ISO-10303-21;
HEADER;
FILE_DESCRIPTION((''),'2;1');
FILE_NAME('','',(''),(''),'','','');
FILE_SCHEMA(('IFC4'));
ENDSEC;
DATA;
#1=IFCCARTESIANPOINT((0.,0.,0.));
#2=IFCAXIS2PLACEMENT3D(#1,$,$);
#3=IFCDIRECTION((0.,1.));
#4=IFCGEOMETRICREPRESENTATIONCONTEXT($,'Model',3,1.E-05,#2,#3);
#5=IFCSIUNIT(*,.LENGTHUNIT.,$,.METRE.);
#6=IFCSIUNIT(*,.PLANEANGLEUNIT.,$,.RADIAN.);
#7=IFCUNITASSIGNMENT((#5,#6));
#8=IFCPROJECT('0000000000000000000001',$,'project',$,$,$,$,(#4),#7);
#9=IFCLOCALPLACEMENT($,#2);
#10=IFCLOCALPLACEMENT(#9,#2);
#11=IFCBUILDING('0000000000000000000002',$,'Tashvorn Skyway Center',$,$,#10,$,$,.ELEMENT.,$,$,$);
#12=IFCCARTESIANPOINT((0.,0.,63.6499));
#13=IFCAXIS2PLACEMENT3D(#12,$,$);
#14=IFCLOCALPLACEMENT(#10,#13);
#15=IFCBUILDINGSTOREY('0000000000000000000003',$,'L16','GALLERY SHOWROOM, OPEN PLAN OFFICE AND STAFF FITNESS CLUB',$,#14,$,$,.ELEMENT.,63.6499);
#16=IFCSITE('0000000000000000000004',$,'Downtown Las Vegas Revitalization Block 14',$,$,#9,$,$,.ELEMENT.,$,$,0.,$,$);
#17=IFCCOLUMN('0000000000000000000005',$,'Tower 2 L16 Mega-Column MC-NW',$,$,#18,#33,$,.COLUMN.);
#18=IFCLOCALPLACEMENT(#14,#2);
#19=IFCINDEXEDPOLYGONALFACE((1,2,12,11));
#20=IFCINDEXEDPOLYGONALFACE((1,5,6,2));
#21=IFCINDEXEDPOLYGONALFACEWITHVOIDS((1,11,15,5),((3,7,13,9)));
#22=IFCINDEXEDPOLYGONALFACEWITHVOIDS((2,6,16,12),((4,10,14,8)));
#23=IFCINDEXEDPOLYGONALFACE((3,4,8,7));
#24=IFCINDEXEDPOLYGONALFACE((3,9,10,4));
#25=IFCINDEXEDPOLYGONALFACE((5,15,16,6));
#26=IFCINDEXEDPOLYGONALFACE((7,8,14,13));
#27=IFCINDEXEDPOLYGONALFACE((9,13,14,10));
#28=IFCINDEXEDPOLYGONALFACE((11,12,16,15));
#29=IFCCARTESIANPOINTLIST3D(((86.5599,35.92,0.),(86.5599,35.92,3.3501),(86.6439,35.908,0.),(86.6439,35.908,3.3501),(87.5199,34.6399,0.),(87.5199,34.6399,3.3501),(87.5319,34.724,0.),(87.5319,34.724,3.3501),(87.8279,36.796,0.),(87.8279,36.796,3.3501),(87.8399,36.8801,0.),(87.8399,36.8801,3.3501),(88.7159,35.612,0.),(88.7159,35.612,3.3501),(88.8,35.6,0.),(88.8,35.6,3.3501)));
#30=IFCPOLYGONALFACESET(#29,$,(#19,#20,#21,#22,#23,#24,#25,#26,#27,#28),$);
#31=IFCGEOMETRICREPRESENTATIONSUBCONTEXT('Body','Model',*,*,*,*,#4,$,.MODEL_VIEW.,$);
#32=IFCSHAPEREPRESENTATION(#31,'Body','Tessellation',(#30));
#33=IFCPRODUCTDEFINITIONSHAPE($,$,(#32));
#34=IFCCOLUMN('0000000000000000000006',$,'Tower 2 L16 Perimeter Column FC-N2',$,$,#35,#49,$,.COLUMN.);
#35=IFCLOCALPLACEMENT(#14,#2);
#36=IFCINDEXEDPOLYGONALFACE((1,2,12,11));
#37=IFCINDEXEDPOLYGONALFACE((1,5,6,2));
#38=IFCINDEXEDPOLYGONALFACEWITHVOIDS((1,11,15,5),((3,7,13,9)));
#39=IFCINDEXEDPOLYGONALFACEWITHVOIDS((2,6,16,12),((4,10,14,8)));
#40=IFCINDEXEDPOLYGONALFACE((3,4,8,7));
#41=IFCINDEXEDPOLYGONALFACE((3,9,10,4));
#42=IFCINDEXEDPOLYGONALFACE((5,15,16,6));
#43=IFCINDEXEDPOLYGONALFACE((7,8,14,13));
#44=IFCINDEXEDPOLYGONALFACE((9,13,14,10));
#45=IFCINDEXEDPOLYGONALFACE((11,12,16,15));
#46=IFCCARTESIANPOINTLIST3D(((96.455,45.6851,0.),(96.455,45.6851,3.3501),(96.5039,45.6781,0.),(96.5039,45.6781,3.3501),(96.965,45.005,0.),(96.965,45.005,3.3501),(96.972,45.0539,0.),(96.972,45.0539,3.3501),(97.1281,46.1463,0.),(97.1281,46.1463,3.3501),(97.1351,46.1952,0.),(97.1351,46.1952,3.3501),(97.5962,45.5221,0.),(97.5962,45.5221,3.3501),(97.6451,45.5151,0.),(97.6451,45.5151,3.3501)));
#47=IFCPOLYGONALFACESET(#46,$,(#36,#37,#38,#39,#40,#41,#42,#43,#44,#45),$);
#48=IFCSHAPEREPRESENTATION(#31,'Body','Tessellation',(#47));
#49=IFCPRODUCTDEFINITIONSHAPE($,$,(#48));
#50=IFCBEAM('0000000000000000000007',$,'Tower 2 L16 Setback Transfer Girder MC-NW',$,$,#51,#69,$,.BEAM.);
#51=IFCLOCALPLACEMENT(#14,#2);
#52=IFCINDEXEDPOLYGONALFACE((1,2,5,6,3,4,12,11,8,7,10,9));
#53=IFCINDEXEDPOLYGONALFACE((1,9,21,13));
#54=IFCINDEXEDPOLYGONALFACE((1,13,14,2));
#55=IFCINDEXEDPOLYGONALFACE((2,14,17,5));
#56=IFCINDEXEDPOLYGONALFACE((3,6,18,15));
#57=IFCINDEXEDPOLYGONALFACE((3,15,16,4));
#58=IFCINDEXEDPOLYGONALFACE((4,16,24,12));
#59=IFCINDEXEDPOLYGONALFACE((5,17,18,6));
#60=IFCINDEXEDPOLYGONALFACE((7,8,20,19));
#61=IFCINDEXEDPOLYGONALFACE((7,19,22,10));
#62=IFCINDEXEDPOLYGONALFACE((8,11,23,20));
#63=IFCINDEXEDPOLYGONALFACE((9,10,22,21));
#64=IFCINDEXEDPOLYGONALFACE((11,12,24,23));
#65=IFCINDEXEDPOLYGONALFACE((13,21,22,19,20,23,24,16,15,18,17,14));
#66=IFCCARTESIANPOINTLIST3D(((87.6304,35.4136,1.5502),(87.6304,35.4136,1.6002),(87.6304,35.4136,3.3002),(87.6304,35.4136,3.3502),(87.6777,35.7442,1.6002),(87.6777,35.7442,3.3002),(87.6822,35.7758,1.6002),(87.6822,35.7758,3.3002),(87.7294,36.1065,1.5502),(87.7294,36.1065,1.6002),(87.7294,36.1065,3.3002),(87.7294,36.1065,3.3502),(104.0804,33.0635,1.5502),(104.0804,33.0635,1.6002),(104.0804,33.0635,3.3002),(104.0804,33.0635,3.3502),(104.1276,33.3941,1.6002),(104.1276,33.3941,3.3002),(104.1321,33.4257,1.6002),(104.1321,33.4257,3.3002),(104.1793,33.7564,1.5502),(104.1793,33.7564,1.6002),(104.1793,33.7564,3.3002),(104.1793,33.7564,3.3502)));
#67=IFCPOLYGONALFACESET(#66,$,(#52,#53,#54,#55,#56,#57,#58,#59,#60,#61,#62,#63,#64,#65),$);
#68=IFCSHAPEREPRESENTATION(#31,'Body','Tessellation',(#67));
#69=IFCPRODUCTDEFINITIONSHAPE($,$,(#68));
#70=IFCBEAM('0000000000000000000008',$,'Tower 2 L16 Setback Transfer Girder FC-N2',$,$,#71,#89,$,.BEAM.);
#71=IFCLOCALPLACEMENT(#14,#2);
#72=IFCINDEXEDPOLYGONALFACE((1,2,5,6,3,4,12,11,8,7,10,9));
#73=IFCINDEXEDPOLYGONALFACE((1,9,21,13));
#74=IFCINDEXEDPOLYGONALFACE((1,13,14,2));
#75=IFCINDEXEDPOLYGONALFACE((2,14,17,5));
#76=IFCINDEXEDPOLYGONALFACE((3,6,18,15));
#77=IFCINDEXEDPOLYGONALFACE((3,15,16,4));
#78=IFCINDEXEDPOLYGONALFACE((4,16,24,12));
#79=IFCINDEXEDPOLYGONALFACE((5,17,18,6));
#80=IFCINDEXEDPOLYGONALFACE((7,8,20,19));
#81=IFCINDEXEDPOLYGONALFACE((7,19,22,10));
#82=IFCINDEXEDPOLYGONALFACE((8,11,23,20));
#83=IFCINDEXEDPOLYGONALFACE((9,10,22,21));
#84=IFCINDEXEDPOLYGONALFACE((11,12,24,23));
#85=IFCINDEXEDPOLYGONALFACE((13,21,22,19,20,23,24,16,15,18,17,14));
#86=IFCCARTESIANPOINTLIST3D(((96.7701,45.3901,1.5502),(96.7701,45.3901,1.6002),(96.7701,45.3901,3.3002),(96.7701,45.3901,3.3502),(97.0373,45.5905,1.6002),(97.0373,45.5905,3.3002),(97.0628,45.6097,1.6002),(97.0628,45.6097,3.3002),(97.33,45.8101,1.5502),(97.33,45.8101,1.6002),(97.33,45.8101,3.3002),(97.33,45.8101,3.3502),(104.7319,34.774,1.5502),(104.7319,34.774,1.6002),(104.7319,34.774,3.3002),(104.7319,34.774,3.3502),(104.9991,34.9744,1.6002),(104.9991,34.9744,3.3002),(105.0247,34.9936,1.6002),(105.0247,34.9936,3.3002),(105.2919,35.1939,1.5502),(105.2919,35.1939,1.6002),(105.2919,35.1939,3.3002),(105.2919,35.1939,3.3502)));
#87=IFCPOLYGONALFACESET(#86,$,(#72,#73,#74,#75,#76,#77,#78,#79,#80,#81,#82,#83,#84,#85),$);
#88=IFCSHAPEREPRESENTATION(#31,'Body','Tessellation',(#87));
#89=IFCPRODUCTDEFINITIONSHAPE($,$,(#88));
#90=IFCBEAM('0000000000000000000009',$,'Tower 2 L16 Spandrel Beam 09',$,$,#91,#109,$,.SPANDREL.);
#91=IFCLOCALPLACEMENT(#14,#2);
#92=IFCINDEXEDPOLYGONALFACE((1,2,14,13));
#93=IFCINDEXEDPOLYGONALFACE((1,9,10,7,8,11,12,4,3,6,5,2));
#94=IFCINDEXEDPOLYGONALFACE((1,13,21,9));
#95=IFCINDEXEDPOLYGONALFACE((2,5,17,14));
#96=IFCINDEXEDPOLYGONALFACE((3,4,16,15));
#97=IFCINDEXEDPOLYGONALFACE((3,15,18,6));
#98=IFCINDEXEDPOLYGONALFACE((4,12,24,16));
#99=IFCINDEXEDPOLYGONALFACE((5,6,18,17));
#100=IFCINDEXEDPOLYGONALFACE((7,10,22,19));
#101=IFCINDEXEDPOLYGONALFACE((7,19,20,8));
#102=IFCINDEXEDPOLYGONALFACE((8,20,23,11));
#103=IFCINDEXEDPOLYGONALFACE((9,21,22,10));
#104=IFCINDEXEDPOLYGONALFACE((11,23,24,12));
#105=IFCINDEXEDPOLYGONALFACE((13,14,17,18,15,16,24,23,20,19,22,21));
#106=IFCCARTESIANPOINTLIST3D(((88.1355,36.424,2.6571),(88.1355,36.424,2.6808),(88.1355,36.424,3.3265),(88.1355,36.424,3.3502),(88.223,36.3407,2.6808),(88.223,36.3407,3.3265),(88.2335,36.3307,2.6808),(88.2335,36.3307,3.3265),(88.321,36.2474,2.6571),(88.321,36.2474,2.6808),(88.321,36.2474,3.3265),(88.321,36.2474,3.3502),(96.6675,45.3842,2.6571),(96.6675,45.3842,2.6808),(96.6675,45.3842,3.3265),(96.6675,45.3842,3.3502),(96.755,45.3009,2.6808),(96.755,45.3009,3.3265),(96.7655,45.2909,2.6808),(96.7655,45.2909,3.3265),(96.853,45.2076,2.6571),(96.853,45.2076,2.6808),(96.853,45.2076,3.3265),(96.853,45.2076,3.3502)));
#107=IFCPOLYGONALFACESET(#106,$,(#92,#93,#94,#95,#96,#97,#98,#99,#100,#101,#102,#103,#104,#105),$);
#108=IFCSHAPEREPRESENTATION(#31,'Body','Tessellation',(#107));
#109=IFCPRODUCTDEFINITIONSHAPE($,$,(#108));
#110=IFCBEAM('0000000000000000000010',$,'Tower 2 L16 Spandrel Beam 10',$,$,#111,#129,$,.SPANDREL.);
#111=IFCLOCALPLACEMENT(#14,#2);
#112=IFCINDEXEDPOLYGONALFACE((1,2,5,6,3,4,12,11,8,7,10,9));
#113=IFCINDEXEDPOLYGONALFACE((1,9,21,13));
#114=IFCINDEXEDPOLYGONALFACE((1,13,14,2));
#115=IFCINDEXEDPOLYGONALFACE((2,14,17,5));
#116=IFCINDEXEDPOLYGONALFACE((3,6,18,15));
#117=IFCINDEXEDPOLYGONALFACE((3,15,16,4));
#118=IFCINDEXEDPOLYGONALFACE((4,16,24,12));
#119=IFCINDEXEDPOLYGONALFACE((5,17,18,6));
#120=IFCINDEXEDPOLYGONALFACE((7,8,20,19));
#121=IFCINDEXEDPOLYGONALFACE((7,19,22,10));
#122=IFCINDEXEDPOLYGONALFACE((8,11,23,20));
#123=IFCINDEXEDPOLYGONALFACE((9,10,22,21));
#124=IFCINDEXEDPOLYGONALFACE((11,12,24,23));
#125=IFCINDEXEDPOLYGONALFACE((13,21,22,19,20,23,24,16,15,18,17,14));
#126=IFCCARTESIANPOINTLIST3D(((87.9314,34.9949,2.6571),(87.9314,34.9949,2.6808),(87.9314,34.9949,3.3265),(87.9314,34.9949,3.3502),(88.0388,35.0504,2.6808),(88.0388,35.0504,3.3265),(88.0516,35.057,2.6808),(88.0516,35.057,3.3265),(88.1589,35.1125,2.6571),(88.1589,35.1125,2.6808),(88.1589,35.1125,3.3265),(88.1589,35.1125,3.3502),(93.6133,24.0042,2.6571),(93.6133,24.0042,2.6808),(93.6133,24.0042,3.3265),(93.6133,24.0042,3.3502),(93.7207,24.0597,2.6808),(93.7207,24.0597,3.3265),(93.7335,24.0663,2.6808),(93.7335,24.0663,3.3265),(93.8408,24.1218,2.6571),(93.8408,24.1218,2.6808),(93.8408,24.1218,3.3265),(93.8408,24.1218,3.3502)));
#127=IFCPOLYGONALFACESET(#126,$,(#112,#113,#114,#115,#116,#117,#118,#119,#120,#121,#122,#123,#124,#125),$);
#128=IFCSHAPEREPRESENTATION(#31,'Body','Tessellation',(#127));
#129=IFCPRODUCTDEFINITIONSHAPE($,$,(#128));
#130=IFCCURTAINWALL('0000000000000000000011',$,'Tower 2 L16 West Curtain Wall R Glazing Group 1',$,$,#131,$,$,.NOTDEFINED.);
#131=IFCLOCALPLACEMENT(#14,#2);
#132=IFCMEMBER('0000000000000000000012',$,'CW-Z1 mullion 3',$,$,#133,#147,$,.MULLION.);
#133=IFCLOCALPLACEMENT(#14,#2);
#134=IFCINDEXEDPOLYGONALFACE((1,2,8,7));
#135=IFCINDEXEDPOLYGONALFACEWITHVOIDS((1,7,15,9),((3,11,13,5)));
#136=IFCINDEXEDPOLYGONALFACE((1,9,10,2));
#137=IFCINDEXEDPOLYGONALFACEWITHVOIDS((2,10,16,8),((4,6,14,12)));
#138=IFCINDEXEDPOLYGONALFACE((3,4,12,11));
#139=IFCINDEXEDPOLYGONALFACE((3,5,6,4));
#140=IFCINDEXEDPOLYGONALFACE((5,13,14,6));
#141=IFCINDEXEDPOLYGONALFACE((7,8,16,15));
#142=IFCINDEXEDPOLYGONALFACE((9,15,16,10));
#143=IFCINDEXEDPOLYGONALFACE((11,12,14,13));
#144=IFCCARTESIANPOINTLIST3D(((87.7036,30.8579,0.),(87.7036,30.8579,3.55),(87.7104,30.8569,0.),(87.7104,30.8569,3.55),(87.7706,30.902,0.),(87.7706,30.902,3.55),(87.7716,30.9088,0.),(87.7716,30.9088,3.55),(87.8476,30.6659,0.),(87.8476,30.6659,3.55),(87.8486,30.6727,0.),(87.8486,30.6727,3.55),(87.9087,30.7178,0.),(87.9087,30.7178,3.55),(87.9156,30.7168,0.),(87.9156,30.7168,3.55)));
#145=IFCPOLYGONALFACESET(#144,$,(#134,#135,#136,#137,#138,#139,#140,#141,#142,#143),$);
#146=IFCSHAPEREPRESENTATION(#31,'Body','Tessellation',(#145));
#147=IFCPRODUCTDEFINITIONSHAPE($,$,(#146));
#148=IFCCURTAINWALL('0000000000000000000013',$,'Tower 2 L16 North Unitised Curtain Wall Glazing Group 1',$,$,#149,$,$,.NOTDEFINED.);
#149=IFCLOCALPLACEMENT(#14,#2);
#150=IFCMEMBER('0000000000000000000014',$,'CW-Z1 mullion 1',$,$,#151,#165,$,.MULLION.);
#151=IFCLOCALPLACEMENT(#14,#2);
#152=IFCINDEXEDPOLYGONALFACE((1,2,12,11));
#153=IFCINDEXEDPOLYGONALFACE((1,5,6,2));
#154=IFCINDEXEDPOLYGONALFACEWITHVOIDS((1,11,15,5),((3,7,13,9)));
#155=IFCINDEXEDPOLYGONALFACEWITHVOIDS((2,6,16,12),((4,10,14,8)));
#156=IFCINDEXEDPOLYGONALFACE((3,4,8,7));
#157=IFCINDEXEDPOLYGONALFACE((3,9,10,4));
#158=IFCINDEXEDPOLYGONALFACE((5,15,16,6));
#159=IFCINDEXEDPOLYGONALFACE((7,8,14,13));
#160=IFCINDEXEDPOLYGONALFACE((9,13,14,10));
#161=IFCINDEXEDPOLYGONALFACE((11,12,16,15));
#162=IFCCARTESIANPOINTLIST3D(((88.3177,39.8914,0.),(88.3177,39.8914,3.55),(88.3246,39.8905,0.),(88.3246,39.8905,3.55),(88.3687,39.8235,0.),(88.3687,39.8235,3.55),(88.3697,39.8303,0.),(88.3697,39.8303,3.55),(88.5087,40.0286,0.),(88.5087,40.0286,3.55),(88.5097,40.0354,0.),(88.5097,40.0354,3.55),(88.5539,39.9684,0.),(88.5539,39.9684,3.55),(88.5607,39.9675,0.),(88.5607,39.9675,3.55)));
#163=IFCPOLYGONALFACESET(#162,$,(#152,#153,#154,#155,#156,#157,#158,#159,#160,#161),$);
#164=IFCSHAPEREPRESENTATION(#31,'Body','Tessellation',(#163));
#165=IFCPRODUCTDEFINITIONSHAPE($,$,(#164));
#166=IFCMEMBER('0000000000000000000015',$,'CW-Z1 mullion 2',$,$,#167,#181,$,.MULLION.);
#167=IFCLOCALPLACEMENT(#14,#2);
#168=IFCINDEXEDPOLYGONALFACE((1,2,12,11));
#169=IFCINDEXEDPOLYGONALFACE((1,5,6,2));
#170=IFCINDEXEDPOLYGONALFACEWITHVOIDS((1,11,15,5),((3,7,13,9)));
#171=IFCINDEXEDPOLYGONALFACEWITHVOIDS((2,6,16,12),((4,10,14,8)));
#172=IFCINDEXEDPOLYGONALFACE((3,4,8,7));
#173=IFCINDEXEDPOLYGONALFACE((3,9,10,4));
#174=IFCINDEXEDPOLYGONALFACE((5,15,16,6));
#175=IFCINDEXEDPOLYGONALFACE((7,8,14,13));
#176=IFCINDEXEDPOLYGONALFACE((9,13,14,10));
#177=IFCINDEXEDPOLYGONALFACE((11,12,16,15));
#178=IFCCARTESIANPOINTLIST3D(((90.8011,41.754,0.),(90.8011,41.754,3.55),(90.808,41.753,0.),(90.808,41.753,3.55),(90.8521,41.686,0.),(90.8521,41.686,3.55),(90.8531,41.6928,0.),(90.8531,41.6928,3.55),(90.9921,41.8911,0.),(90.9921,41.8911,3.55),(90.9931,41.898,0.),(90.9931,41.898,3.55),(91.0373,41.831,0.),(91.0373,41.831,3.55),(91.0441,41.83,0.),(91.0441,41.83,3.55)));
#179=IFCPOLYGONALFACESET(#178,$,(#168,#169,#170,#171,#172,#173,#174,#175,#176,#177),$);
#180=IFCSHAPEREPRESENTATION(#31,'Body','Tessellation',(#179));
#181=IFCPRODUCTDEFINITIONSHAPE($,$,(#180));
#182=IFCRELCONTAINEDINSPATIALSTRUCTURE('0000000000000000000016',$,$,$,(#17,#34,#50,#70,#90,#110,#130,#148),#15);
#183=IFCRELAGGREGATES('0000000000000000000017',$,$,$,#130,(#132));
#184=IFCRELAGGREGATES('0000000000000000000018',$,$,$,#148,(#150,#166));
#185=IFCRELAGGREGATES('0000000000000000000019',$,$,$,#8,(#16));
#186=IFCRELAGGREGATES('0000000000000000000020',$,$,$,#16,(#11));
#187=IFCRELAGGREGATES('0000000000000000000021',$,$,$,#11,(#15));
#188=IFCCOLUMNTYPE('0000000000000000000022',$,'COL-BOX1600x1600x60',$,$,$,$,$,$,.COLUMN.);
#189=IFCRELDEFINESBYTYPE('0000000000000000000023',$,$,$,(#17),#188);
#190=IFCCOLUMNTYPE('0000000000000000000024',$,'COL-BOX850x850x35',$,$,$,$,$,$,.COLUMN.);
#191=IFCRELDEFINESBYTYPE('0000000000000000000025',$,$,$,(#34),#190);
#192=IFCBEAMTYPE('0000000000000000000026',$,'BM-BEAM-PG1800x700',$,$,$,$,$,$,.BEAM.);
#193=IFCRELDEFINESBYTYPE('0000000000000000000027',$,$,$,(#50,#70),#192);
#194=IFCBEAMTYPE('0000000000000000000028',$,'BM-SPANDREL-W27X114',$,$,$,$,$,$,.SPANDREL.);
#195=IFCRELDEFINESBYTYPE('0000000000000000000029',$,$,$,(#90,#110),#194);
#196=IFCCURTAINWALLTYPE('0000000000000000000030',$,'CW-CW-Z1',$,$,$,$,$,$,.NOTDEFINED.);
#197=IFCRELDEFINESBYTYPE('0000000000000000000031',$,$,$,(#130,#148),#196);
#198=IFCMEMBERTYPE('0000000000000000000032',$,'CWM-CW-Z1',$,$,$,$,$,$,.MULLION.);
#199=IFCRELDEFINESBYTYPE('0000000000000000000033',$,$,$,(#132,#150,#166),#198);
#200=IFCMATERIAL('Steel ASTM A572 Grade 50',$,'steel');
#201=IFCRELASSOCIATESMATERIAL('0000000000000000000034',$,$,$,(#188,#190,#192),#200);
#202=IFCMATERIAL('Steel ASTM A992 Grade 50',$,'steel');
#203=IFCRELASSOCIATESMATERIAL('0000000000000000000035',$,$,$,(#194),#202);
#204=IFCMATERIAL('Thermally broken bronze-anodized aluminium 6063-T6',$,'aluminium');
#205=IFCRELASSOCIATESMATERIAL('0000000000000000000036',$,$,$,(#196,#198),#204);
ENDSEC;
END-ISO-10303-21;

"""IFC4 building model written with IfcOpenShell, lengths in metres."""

from ifc_helpers import new_model, si_unit, direction, frame, origin, origin_2d, place, context, subcontext, project, spatial, hollow_rectangle, i_section, extrude, material, material_profile, profile_set, type_object, element, aggregate, save


model = new_model("IFC4")

# Units and contexts
model_context = context("Model", 3, precision=1e-05, world=origin(), true_north=direction((0.0, 1.0)))
body_context = subcontext(model_context, "Body", "Model", "MODEL_VIEW")
ifc_project = project(units=[si_unit("LENGTHUNIT", "METRE"), si_unit("PLANEANGLEUNIT", "RADIAN")], contexts=[model_context])

# Site, building, storey
site_placement = place(None, origin())
site = spatial("IfcSite", under=ifc_project, at=site_placement, Name="Downtown Las Vegas Revitalization Block 14", CompositionType="ELEMENT", RefElevation=0.0)
building_placement = place(site_placement, origin())
building = spatial("IfcBuilding", under=site, at=building_placement, Name="Tashvorn Skyway Center", CompositionType="ELEMENT")
storey_placement = place(building_placement, frame((0.0, 0.0, 63.6499)))
storey = spatial("IfcBuildingStorey", under=building, at=storey_placement, Name="L16", Description="GALLERY SHOWROOM, OPEN PLAN OFFICE AND STAFF FITNESS CLUB", CompositionType="ELEMENT", Elevation=63.6499)

# Columns
ifc_material_1 = material(Name="Steel ASTM A572 Grade 50", Category="steel")
ifc_material_profile_1 = material_profile(ifc_material_1, hollow_rectangle(XDim=1.6001, YDim=1.6001, WallThickness=0.0601, at=origin_2d()), Name="BOX1600x1600x60")
ifc_profile_set_1 = profile_set([ifc_material_profile_1], Name="Steel ASTM A572 Grade 50")
column_type_1 = type_object("IfcColumnType", Name="COL-BOX1600x1600x60", PredefinedType="COLUMN", material=ifc_profile_set_1)
column_1_placement = place(storey_placement, frame((87.6799, 35.76, 0.0), z_axis=(0.0, 0.0, 1.0), x_axis=(0.8, 0.6, 0.0)))
element("IfcColumn", 1, at=column_1_placement, inside=storey, type_object=column_type_1, Name="Tower 2 L16 Mega-Column MC-NW", PredefinedType="COLUMN", context=body_context, shape_type="SweptSolid", body=[
    extrude(hollow_rectangle(XDim=1.6001, YDim=1.6001, WallThickness=0.0601, at=origin_2d()), origin(), (0.0, 0.0, 1.0), 3.3501),
])
ifc_material_profile_2 = material_profile(ifc_material_1, hollow_rectangle(XDim=0.8501, YDim=0.8501, WallThickness=0.0349, at=origin_2d()), Name="BOX850x850x35")
ifc_profile_set_2 = profile_set([ifc_material_profile_2], Name="Steel ASTM A572 Grade 50")
column_type_2 = type_object("IfcColumnType", Name="COL-BOX850x850x35", PredefinedType="COLUMN", material=ifc_profile_set_2)
column_2_placement = place(storey_placement, frame((97.05, 45.6001, 0.0), z_axis=(0.0, 0.0, 1.0), x_axis=(0.8, 0.6, 0.0)))
element("IfcColumn", 2, at=column_2_placement, inside=storey, type_object=column_type_2, Name="Tower 2 L16 Perimeter Column FC-N2", PredefinedType="COLUMN", context=body_context, shape_type="SweptSolid", body=[
    extrude(hollow_rectangle(XDim=0.8501, YDim=0.8501, WallThickness=0.0349, at=origin_2d()), origin(), (0.0, 0.0, 1.0), 3.3501),
])

# Beams
ifc_material_profile_3 = material_profile(ifc_material_1, i_section(OverallWidth=0.7, OverallDepth=1.8, WebThickness=0.032, FlangeThickness=0.05, at=origin_2d()), Name="PG1800x700")
ifc_profile_set_3 = profile_set([ifc_material_profile_3], Name="Steel ASTM A572 Grade 50")
beam_type_1 = type_object("IfcBeamType", Name="BM-BEAM-PG1800x700", PredefinedType="BEAM", material=ifc_profile_set_3)
beam_1_placement = place(storey_placement, frame((87.6799, 35.76, 2.4502), z_axis=(0.989949, -0.141428, 0.0), x_axis=(0.141428, 0.989949, 0.0)))
element("IfcBeam", 3, at=beam_1_placement, inside=storey, type_object=beam_type_1, Name="Tower 2 L16 Setback Transfer Girder MC-NW", PredefinedType="BEAM", context=body_context, shape_type="SweptSolid", body=[
    extrude(i_section(OverallWidth=0.7, OverallDepth=1.8, WebThickness=0.032, FlangeThickness=0.05, at=origin_2d()), origin(), (0.0, 0.0, 1.0), 16.6169),
])
beam_2_placement = place(storey_placement, frame((97.05, 45.6001, 2.4502), z_axis=(0.599988, -0.800009, 0.0), x_axis=(0.800009, 0.599988, 0.0)))
element("IfcBeam", 4, at=beam_2_placement, inside=storey, type_object=beam_type_1, Name="Tower 2 L16 Setback Transfer Girder FC-N2", PredefinedType="BEAM", context=body_context, shape_type="SweptSolid", body=[
    extrude(i_section(OverallWidth=0.7, OverallDepth=1.8, WebThickness=0.032, FlangeThickness=0.05, at=origin_2d()), origin(), (0.0, 0.0, 1.0), 13.27),
])
ifc_material_2 = material(Name="Steel ASTM A992 Grade 50", Category="steel")
ifc_material_profile_4 = material_profile(ifc_material_2, i_section(OverallWidth=0.2561, OverallDepth=0.6931, WebThickness=0.0144, FlangeThickness=0.0237, at=origin_2d()), Name="W27X114")
ifc_profile_set_4 = profile_set([ifc_material_profile_4], Name="Steel ASTM A992 Grade 50")
beam_type_2 = type_object("IfcBeamType", Name="BM-SPANDREL-W27X114", PredefinedType="SPANDREL", material=ifc_profile_set_4)
for number, where, z_axis, x_axis, name in (
    (5, (96.7603, 45.2959, 3.0037), (-0.68959, -0.7242, 0.0), (0.7242, -0.68959, 0.0), "Tower 2 L16 Spandrel Beam 09"),
    (6, (88.0452, 35.0537, 3.0037), (0.459233, -0.888316, 0.0), (0.888316, 0.459233, 0.0), "Tower 2 L16 Spandrel Beam 10"),
):
    element("IfcBeam", number, at=place(storey_placement, frame(where, z_axis=z_axis, x_axis=x_axis)), inside=storey, type_object=beam_type_2, Name=name, PredefinedType="SPANDREL", context=body_context, shape_type="SweptSolid", body=[
        extrude(i_section(OverallWidth=0.2561, OverallDepth=0.6931, WebThickness=0.0144, FlangeThickness=0.0237, at=origin_2d()), origin(), (0.0, 0.0, 1.0), 12.3726),
    ])

# Curtain wall, member
ifc_material_3 = material(Name="Thermally broken bronze-anodized aluminium 6063-T6", Category="aluminium")
curtain_wall_type = type_object("IfcCurtainWallType", Name="CW-CW-Z1", PredefinedType="NOTDEFINED", material=ifc_material_3)
curtain_wall_1_placement = place(storey_placement, origin())
curtain_wall_1 = element("IfcCurtainWall", 7, at=curtain_wall_1_placement, inside=storey, type_object=curtain_wall_type, Name="Tower 2 L16 West Curtain Wall R Glazing Group 1", PredefinedType="NOTDEFINED")
ifc_material_profile_5 = material_profile(ifc_material_3, hollow_rectangle(XDim=0.085, YDim=0.24, WallThickness=0.0049, at=origin_2d()), Name="ALU-MULL-85x240")
ifc_profile_set_5 = profile_set([ifc_material_profile_5], Name="Thermally broken bronze-anodized aluminium 6063-T6")
member_type_1 = type_object("IfcMemberType", Name="CWM-CW-Z1", PredefinedType="MULLION", material=ifc_profile_set_5)
member_1_placement = place(storey_placement, frame((87.8096, 30.7874, 0.0), z_axis=(0.0, 0.0, 1.0), x_axis=(-0.799999, -0.600002, 0.0)))
member_1 = element("IfcMember", 8, at=member_1_placement, type_object=member_type_1, Name="CW-Z1 mullion 3", PredefinedType="MULLION", context=body_context, shape_type="SweptSolid", body=[
    extrude(hollow_rectangle(XDim=0.085, YDim=0.24, WallThickness=0.0049, at=origin_2d()), origin(), (0.0, 0.0, 1.0), 3.55),
])
aggregate(curtain_wall_1, [member_1])

# Curtain wall, members
curtain_wall_2_placement = place(storey_placement, origin())
curtain_wall_2 = element("IfcCurtainWall", 9, at=curtain_wall_2_placement, inside=storey, type_object=curtain_wall_type, Name="Tower 2 L16 North Unitised Curtain Wall Glazing Group 1", PredefinedType="NOTDEFINED")
member_2_placement = place(storey_placement, frame((88.4392, 39.9294, 0.0), z_axis=(0.0, 0.0, 1.0), x_axis=(-0.599997, 0.800002, 0.0)))
member_2 = element("IfcMember", 10, at=member_2_placement, type_object=member_type_1, Name="CW-Z1 mullion 1", PredefinedType="MULLION", context=body_context, shape_type="SweptSolid", body=[
    extrude(hollow_rectangle(XDim=0.085, YDim=0.24, WallThickness=0.0049, at=origin_2d()), origin(), (0.0, 0.0, 1.0), 3.55),
])
member_3_placement = place(storey_placement, frame((90.9226, 41.792, 0.0), z_axis=(0.0, 0.0, 1.0), x_axis=(-0.599997, 0.800002, 0.0)))
member_3 = element("IfcMember", 11, at=member_3_placement, type_object=member_type_1, Name="CW-Z1 mullion 2", PredefinedType="MULLION", context=body_context, shape_type="SweptSolid", body=[
    extrude(hollow_rectangle(XDim=0.085, YDim=0.24, WallThickness=0.0049, at=origin_2d()), origin(), (0.0, 0.0, 1.0), 3.55),
])

aggregate(curtain_wall_2, [member_2, member_3])

save(model, "model.ifc")
